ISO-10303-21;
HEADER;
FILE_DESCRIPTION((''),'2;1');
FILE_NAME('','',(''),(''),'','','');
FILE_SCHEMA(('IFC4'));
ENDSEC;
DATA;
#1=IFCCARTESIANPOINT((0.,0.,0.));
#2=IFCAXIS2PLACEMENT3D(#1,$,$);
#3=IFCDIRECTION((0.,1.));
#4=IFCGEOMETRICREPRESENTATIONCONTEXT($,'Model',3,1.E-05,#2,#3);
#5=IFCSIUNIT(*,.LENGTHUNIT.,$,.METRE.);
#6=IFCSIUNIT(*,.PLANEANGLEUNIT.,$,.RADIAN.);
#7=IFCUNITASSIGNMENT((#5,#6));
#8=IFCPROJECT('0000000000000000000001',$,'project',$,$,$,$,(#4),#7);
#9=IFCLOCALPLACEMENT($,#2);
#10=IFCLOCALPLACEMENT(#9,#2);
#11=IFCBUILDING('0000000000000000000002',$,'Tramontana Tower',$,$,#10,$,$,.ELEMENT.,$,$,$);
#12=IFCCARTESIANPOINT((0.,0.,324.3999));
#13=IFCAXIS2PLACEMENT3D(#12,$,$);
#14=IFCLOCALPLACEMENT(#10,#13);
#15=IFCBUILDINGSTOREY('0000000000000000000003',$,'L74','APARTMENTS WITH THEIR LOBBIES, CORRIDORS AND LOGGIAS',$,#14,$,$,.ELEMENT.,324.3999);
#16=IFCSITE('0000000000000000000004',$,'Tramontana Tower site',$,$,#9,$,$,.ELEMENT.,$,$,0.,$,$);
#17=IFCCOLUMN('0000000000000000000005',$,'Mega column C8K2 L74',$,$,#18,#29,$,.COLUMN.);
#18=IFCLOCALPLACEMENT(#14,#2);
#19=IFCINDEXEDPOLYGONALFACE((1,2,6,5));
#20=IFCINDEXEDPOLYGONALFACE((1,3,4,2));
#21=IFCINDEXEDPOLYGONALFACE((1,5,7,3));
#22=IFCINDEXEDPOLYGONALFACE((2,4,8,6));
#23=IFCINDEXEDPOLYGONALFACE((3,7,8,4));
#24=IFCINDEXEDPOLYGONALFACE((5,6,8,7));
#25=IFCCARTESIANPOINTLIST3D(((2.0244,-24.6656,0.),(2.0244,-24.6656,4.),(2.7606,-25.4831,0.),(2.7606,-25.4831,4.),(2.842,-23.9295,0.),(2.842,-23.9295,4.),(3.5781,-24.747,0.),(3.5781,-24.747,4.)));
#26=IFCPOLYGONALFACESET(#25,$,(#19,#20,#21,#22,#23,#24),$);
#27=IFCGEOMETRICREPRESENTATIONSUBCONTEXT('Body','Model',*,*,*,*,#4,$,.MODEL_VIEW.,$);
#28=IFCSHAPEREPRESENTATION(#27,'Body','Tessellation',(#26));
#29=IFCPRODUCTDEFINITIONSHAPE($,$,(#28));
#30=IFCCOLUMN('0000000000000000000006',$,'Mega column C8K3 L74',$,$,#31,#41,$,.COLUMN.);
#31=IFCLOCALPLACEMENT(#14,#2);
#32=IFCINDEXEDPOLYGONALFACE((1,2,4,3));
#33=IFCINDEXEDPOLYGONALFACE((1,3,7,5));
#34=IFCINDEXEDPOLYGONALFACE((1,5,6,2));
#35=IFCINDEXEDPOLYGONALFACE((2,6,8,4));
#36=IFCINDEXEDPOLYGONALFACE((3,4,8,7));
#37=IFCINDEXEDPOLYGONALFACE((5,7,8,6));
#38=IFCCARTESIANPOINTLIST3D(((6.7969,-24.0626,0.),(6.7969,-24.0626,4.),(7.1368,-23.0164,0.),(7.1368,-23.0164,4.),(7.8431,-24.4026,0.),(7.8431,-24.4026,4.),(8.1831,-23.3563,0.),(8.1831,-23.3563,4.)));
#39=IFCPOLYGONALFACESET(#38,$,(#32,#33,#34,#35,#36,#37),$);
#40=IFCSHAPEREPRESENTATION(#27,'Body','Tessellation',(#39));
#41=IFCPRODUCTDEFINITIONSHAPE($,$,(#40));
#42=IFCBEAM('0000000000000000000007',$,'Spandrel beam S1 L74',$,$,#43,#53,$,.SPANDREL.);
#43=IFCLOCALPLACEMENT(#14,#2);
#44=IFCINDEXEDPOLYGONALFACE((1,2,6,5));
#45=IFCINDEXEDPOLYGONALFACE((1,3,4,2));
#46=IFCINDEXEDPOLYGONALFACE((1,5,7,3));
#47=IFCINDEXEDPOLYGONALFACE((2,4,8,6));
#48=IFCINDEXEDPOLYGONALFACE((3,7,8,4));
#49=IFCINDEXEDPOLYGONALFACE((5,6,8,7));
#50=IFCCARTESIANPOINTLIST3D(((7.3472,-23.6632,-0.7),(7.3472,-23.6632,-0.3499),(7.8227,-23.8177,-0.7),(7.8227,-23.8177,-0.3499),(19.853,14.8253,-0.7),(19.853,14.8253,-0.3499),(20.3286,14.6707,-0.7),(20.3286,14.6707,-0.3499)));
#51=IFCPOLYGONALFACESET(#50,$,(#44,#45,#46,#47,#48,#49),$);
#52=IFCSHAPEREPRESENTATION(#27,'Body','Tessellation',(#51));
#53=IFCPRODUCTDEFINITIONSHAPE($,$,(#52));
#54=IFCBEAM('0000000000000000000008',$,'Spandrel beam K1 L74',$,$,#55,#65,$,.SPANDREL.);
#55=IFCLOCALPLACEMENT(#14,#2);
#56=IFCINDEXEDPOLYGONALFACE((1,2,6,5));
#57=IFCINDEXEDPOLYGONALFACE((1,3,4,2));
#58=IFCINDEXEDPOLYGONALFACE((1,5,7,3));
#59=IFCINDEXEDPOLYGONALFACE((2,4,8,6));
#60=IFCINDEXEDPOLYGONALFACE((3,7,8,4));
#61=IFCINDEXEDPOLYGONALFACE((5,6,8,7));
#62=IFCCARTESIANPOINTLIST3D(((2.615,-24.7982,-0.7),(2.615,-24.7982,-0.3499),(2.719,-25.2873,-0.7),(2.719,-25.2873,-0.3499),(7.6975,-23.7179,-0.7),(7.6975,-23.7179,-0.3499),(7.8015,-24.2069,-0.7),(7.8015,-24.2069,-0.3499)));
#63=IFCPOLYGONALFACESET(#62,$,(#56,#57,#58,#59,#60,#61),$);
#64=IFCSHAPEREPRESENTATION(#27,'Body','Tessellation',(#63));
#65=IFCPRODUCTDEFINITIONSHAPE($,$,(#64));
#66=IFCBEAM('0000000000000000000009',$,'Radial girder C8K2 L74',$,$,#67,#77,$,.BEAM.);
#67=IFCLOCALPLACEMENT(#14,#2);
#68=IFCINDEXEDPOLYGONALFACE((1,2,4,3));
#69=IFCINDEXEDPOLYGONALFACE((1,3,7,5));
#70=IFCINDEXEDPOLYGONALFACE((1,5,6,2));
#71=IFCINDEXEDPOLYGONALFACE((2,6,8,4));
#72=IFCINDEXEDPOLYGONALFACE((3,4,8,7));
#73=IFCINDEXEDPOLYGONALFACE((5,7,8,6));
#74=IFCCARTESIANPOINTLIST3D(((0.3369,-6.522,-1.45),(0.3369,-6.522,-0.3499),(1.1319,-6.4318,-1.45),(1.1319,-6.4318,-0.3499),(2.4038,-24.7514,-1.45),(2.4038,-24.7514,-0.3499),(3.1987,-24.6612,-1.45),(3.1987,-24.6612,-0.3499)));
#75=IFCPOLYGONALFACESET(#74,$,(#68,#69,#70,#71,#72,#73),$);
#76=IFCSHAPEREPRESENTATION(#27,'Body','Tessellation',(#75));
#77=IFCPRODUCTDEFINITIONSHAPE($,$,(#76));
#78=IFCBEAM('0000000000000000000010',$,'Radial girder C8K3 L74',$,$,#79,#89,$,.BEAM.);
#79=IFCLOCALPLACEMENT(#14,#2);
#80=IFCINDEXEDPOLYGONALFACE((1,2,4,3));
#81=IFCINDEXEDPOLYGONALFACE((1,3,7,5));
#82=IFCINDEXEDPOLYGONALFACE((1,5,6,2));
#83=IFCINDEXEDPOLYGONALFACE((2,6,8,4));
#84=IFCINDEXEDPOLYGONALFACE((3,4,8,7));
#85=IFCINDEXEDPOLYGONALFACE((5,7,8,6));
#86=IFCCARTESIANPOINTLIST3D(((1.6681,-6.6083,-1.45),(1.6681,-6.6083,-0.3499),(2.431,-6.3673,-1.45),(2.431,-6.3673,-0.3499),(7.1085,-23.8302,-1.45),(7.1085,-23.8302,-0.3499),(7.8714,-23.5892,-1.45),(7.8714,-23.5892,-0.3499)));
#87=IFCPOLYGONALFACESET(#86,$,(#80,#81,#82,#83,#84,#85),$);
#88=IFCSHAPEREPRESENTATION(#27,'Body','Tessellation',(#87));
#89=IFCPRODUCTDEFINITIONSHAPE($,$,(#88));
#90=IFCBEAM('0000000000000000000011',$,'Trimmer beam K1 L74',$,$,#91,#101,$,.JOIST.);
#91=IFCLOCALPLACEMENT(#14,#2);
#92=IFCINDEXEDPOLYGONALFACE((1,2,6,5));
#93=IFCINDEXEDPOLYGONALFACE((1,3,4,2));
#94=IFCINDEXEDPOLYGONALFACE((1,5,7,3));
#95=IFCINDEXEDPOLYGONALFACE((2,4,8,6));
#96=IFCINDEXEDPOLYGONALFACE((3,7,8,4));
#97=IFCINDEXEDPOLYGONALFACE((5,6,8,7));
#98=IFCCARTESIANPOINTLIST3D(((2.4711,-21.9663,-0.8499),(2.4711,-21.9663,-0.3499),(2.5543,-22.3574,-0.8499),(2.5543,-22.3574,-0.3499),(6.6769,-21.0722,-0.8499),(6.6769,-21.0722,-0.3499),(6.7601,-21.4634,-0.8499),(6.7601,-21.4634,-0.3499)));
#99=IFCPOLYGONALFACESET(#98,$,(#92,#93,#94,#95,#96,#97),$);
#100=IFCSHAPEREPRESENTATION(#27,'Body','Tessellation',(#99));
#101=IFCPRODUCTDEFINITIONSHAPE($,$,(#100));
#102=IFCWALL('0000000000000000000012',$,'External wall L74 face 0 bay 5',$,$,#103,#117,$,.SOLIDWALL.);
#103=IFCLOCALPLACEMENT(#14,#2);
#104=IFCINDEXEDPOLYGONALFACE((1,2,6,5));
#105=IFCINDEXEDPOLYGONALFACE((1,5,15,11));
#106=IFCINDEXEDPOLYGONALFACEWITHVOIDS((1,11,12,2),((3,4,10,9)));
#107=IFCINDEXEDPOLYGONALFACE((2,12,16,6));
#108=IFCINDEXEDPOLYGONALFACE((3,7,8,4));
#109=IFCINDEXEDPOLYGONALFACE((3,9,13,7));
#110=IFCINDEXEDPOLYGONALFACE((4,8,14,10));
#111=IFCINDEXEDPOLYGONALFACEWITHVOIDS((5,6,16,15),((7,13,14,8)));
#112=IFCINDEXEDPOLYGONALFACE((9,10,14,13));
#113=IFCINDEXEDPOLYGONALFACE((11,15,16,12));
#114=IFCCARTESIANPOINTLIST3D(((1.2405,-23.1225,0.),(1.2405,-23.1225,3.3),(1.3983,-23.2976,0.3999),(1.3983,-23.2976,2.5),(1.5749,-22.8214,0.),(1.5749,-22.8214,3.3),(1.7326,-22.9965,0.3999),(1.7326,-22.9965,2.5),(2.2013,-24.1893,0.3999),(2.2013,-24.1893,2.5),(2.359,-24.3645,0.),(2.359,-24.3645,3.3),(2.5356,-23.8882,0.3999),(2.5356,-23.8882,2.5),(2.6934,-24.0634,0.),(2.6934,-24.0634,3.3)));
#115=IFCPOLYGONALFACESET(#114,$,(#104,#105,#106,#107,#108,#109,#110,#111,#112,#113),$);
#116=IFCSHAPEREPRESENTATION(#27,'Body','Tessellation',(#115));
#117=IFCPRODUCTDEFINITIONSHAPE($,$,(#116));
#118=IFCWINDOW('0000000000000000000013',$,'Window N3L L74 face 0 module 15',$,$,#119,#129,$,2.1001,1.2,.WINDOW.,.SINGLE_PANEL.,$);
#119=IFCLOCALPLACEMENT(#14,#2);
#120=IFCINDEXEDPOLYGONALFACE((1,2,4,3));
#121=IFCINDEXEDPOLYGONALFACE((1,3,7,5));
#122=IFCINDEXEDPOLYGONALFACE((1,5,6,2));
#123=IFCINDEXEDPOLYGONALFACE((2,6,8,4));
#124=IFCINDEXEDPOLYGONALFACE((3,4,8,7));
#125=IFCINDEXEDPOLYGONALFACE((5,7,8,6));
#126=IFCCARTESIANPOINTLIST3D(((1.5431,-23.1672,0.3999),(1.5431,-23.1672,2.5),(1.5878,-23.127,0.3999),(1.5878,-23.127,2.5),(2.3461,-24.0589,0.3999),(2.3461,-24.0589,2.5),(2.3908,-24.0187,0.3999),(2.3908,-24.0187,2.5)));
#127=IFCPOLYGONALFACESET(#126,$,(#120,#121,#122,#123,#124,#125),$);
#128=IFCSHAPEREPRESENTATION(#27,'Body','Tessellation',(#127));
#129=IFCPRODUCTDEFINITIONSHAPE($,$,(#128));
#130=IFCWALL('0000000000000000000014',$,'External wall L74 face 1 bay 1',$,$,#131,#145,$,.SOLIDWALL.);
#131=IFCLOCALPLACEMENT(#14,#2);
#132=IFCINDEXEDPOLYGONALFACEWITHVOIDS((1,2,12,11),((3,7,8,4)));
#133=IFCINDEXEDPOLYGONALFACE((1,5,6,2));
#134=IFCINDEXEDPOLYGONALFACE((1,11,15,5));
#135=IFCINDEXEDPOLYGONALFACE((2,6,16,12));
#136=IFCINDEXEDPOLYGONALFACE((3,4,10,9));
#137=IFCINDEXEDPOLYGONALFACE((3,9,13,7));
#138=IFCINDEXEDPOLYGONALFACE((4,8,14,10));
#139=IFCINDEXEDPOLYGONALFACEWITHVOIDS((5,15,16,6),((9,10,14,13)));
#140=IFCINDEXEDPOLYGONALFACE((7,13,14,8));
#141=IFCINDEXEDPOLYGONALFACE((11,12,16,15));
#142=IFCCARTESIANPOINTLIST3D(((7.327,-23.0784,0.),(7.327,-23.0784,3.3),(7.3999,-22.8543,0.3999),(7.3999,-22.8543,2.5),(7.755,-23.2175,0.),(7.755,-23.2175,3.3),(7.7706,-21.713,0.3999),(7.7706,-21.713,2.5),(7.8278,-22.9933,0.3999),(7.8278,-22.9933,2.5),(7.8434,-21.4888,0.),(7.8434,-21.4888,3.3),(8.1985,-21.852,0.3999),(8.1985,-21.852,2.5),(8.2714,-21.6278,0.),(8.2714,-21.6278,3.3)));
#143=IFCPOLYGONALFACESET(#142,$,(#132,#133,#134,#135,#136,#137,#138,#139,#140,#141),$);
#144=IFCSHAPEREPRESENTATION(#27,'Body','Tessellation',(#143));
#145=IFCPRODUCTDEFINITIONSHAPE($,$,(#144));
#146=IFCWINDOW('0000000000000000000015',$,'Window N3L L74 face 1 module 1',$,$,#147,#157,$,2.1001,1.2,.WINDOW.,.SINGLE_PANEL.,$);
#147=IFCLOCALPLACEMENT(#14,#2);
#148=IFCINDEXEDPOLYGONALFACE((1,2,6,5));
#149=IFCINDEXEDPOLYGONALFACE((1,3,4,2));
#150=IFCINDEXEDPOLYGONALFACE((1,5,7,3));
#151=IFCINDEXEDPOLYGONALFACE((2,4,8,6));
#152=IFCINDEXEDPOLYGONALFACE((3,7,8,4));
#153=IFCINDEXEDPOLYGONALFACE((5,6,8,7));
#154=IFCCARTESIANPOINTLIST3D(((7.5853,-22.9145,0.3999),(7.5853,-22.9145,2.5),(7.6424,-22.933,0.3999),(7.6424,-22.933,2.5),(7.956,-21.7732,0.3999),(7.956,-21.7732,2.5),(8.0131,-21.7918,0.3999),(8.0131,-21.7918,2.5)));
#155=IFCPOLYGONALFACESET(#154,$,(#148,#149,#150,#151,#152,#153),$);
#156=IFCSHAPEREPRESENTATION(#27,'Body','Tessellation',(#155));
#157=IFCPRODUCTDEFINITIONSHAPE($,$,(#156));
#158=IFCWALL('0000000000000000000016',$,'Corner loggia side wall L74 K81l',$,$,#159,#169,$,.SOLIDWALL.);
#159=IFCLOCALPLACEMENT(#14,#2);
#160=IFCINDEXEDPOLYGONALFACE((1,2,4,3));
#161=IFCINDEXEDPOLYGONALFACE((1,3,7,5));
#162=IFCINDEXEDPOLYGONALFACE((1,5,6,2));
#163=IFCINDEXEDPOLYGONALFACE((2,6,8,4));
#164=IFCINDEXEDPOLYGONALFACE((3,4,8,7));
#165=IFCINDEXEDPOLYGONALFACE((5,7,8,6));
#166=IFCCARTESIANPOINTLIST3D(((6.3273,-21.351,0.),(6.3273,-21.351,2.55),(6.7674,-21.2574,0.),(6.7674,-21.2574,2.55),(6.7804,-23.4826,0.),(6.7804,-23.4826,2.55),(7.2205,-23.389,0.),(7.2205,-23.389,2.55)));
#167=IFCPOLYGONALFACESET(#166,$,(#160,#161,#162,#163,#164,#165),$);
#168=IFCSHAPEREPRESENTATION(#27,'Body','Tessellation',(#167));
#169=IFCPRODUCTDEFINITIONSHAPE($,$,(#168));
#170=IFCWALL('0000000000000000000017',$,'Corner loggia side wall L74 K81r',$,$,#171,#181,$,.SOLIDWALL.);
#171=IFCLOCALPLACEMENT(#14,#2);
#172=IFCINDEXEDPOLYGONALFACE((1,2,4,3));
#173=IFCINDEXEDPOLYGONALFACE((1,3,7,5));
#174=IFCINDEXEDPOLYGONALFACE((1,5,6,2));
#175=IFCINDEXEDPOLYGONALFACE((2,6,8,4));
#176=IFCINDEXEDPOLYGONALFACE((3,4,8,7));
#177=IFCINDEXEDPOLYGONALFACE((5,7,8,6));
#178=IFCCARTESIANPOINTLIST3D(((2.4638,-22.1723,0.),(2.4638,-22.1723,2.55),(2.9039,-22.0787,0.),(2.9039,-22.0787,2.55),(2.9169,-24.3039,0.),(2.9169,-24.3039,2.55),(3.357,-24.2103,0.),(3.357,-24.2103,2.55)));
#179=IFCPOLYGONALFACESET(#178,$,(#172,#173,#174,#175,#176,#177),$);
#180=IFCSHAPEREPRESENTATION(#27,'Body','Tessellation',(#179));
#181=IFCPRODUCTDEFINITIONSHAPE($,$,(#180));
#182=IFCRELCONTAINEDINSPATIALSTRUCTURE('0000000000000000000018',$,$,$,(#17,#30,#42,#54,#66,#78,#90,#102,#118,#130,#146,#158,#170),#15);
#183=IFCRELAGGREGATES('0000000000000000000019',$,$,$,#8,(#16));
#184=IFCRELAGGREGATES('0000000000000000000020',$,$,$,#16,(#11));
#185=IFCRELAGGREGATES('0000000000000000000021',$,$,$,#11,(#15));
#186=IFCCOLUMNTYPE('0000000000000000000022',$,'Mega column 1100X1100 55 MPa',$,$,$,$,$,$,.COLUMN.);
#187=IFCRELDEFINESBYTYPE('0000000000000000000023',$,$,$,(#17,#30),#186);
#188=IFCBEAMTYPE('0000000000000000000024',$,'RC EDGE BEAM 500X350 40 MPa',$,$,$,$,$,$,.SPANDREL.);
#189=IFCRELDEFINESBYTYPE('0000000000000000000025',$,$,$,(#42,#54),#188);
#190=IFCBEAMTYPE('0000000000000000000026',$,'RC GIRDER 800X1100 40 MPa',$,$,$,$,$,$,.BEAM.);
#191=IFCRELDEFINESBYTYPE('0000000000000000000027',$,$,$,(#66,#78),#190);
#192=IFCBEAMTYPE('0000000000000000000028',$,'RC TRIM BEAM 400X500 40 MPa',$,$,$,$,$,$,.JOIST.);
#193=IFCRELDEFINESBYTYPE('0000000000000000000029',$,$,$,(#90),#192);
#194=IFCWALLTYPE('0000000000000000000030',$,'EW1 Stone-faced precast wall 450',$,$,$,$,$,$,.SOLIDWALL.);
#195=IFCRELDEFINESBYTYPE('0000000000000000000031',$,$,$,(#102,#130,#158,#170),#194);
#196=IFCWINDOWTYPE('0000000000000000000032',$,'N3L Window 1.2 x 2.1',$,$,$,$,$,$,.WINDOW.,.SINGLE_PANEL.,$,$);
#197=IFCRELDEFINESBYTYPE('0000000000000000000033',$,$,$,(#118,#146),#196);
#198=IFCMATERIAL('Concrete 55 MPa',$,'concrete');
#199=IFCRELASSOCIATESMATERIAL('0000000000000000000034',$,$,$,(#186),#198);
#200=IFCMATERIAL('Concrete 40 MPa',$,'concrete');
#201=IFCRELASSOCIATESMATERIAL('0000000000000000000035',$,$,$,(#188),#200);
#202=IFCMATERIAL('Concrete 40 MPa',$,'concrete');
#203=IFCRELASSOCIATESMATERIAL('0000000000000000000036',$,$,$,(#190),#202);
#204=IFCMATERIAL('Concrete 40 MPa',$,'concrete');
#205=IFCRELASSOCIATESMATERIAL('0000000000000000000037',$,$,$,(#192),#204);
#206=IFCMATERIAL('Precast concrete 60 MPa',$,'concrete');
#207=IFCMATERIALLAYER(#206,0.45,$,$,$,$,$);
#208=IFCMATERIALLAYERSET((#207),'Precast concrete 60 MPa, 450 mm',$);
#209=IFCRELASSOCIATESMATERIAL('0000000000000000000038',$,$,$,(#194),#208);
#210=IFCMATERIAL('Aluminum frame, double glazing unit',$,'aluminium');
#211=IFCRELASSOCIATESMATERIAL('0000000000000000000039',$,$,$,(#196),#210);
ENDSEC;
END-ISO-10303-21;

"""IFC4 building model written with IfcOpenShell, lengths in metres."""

from ifc_helpers import new_model, si_unit, direction, frame, frame_2d, origin, origin_2d, place, context, subcontext, project, spatial, rectangle, extrude, material, layer, layer_set, material_profile, profile_set, type_object, element, fill, save


model = new_model("IFC4")

# Units and contexts
model_context = context("Model", 3, precision=1e-05, world=origin(), true_north=direction((0.0, 1.0)))
body_context = subcontext(model_context, "Body", "Model", "MODEL_VIEW")
ifc_project = project(units=[si_unit("LENGTHUNIT", "METRE"), si_unit("PLANEANGLEUNIT", "RADIAN")], contexts=[model_context])

# Site, building, storey
site_placement = place(None, origin())
site = spatial("IfcSite", under=ifc_project, at=site_placement, Name="Tramontana Tower site", CompositionType="ELEMENT", RefElevation=0.0)
building_placement = place(site_placement, origin())
building = spatial("IfcBuilding", under=site, at=building_placement, Name="Tramontana Tower", CompositionType="ELEMENT")
storey_placement = place(building_placement, frame((0.0, 0.0, 324.3999)))
storey = spatial("IfcBuildingStorey", under=building, at=storey_placement, Name="L74", Description="APARTMENTS WITH THEIR LOBBIES, CORRIDORS AND LOGGIAS", CompositionType="ELEMENT", Elevation=324.3999)

# Columns
ifc_material_1 = material(Name="Concrete 55 MPa", Category="concrete")
ifc_material_profile_1 = material_profile(ifc_material_1, rectangle(XDim=1.1001, YDim=1.1001, at=origin_2d()), Name="Mega column 1100X1100 55 MPa")
ifc_profile_set_1 = profile_set([ifc_material_profile_1], Name="Concrete 55 MPa")
column_type = type_object("IfcColumnType", Name="Mega column 1100X1100 55 MPa", PredefinedType="COLUMN", material=ifc_profile_set_1)
for number, where, z_axis, x_axis, name in (
    (1, (2.8013, -24.7063, 0.0), (0.0, 0.0, 1.0), (0.669131, -0.743145, 0.0), "Mega column C8K2 L74"),
    (2, (7.49, -23.7095, 0.0), (0.0, 0.0, 1.0), (0.309017, 0.951057, 0.0), "Mega column C8K3 L74"),
):
    element("IfcColumn", number, at=place(storey_placement, frame(where, z_axis=z_axis, x_axis=x_axis)), inside=storey, type_object=column_type, Name=name, PredefinedType="COLUMN", context=body_context, shape_type="SweptSolid", body=[
        extrude(rectangle(XDim=1.1001, YDim=1.1001, at=origin_2d()), origin(), (0.0, 0.0, 1.0), 4.0),
    ])

# Beams
ifc_material_2 = material(Name="Concrete 40 MPa", Category="concrete")
ifc_material_profile_2 = material_profile(ifc_material_2, rectangle(XDim=0.5, YDim=0.3501, at=origin_2d()), Name="RC EDGE BEAM 500X350 40 MPa")
ifc_profile_set_2 = profile_set([ifc_material_profile_2], Name="Concrete 40 MPa")
beam_type_1 = type_object("IfcBeamType", Name="RC EDGE BEAM 500X350 40 MPa", PredefinedType="SPANDREL", material=ifc_profile_set_2)
beam_1_placement = place(storey_placement, frame((7.585, -23.7405, -0.5249), z_axis=(0.309021, 0.951055, 0.0), x_axis=(-0.951055, 0.309021, 0.0)))
element("IfcBeam", 3, at=beam_1_placement, inside=storey, type_object=beam_type_1, Name="Spandrel beam S1 L74", PredefinedType="SPANDREL", context=body_context, shape_type="SweptSolid", body=[
    extrude(rectangle(XDim=0.5, YDim=0.3501, at=origin_2d()), origin(), (0.0, 0.0, 1.0), 40.4692),
])
beam_2_placement = place(storey_placement, frame((2.667, -25.0427, -0.5249), z_axis=(0.978148, 0.207912, 0.0), x_axis=(-0.207912, 0.978148, 0.0)))
element("IfcBeam", 4, at=beam_2_placement, inside=storey, type_object=beam_type_1, Name="Spandrel beam K1 L74", PredefinedType="SPANDREL", context=body_context, shape_type="SweptSolid", body=[
    extrude(rectangle(XDim=0.5, YDim=0.3501, at=origin_2d()), origin(), (0.0, 0.0, 1.0), 5.196),
])
ifc_material_3 = material(Name="Concrete 40 MPa", Category="concrete")
ifc_material_profile_3 = material_profile(ifc_material_3, rectangle(XDim=0.8, YDim=1.1001, at=origin_2d()), Name="RC GIRDER 800X1100 40 MPa")
ifc_profile_set_3 = profile_set([ifc_material_profile_3], Name="Concrete 40 MPa")
beam_type_2 = type_object("IfcBeamType", Name="RC GIRDER 800X1100 40 MPa", PredefinedType="BEAM", material=ifc_profile_set_3)
beam_3_placement = place(storey_placement, frame((2.8013, -24.7063, -0.8999), z_axis=(-0.11266, 0.993634, 0.0), x_axis=(-0.993634, -0.11266, 0.0)))
element("IfcBeam", 5, at=beam_3_placement, inside=storey, type_object=beam_type_2, Name="Radial girder C8K2 L74", PredefinedType="BEAM", context=body_context, shape_type="SweptSolid", body=[
    extrude(rectangle(XDim=0.8, YDim=1.1001, at=origin_2d()), origin(), (0.0, 0.0, 1.0), 18.3462),
])
beam_4_placement = place(storey_placement, frame((7.49, -23.7097, -0.8999), z_axis=(-0.301228, 0.953552, 0.0), x_axis=(-0.953552, -0.301228, 0.0)))
element("IfcBeam", 6, at=beam_4_placement, inside=storey, type_object=beam_type_2, Name="Radial girder C8K3 L74", PredefinedType="BEAM", context=body_context, shape_type="SweptSolid", body=[
    extrude(rectangle(XDim=0.8, YDim=1.1001, at=origin_2d()), origin(), (0.0, 0.0, 1.0), 18.0608),
])
ifc_material_4 = material(Name="Concrete 40 MPa", Category="concrete")
ifc_material_profile_4 = material_profile(ifc_material_4, rectangle(XDim=0.3999, YDim=0.5, at=origin_2d()), Name="RC TRIM BEAM 400X500 40 MPa")
ifc_profile_set_4 = profile_set([ifc_material_profile_4], Name="Concrete 40 MPa")
beam_type_3 = type_object("IfcBeamType", Name="RC TRIM BEAM 400X500 40 MPa", PredefinedType="JOIST", material=ifc_profile_set_4)
beam_5_placement = place(storey_placement, frame((2.5127, -22.1619, -0.5999), z_axis=(0.978144, 0.207927, 0.0), x_axis=(-0.207927, 0.978144, 0.0)))
element("IfcBeam", 7, at=beam_5_placement, inside=storey, type_object=beam_type_3, Name="Trimmer beam K1 L74", PredefinedType="JOIST", context=body_context, shape_type="SweptSolid", body=[
    extrude(rectangle(XDim=0.3999, YDim=0.5, at=origin_2d()), origin(), (0.0, 0.0, 1.0), 4.2998),
])

# Walls, openings, windows
ifc_material_5 = material(Name="Precast concrete 60 MPa", Category="concrete")
ifc_layer_1 = layer(ifc_material_5, 0.45)
ifc_layer_set_1 = layer_set([ifc_layer_1], Name="Precast concrete 60 MPa, 450 mm")
wall_type_1 = type_object("IfcWallType", Name="EW1 Stone-faced precast wall 450", PredefinedType="SOLIDWALL", material=ifc_layer_set_1)
wall_1_placement = place(storey_placement, frame((1.4077, -22.9719, 0.0), z_axis=(0.0, 0.0, 1.0), x_axis=(0.669183, -0.743098, 0.0)))
wall_1 = element("IfcWall", 8, at=wall_1_placement, inside=storey, type_object=wall_type_1, Name="External wall L74 face 0 bay 5", PredefinedType="SOLIDWALL", context=body_context, shape_type="SweptSolid", body=[
    extrude(rectangle(XDim=1.6714, YDim=0.45, at=frame_2d((0.8357, 0.0))), origin(), (0.0, 0.0, 1.0), 3.3),
])
opening_1_placement = place(wall_1_placement, frame((0.2356, 0.0, 0.3999)))
opening_1 = element("IfcOpeningElement", 9, at=opening_1_placement, cuts=wall_1, PredefinedType="OPENING", context=body_context, shape_type="SweptSolid", body=[
    extrude(rectangle(XDim=1.2, YDim=2.1001, at=frame_2d((0.6001, 1.05))), frame((0.0, 0.2349, 0.0), z_axis=(0.0, -1.0, 0.0), x_axis=(1.0, 0.0, 0.0)), (0.0, 0.0, 1.0), 0.47),
])
ifc_material_6 = material(Name="Aluminum frame, double glazing unit", Category="aluminium")
window_type = type_object("IfcWindowType", Name="N3L Window 1.2 x 2.1", PartitioningType="SINGLE_PANEL", PredefinedType="WINDOW", material=ifc_material_6)
window_1_placement = place(opening_1_placement, origin())
window_1 = element("IfcWindow", 10, at=window_1_placement, inside=storey, type_object=window_type, Name="Window N3L L74 face 0 module 15", OverallHeight=2.1001, OverallWidth=1.2, PartitioningType="SINGLE_PANEL", PredefinedType="WINDOW", context=body_context, shape_type="SweptSolid", body=[
    extrude(rectangle(XDim=1.2, YDim=2.1001, at=frame_2d((0.6001, 1.05))), frame((0.0, 0.03, 0.0), z_axis=(0.0, -1.0, 0.0), x_axis=(1.0, 0.0, 0.0)), (0.0, 0.0, 1.0), 0.0601),
])
fill(opening_1, window_1)
wall_2_placement = place(storey_placement, frame((7.541, -23.1479, 0.0), z_axis=(0.0, 0.0, 1.0), x_axis=(0.308944, 0.95108, 0.0)))
wall_2 = element("IfcWall", 11, at=wall_2_placement, inside=storey, type_object=wall_type_1, Name="External wall L74 face 1 bay 1", PredefinedType="SOLIDWALL", context=body_context, shape_type="SweptSolid", body=[
    extrude(rectangle(XDim=1.6714, YDim=0.45, at=frame_2d((0.8357, 0.0))), origin(), (0.0, 0.0, 1.0), 3.3),
])
opening_2_placement = place(wall_2_placement, frame((0.2356, 0.0, 0.3999)))
opening_2 = element("IfcOpeningElement", 12, at=opening_2_placement, cuts=wall_2, PredefinedType="OPENING", context=body_context, shape_type="SweptSolid", body=[
    extrude(rectangle(XDim=1.2, YDim=2.1001, at=frame_2d((0.6001, 1.05))), frame((0.0, 0.2349, 0.0), z_axis=(0.0, -1.0, 0.0), x_axis=(1.0, 0.0, 0.0)), (0.0, 0.0, 1.0), 0.47),
])
window_2_placement = place(opening_2_placement, origin())
window_2 = element("IfcWindow", 13, at=window_2_placement, inside=storey, type_object=window_type, Name="Window N3L L74 face 1 module 1", OverallHeight=2.1001, OverallWidth=1.2, PartitioningType="SINGLE_PANEL", PredefinedType="WINDOW", context=body_context, shape_type="SweptSolid", body=[
    extrude(rectangle(XDim=1.2, YDim=2.1001, at=frame_2d((0.6001, 1.05))), frame((0.0, 0.03, 0.0), z_axis=(0.0, -1.0, 0.0), x_axis=(1.0, 0.0, 0.0)), (0.0, 0.0, 1.0), 0.0601),
])
fill(opening_2, window_2)

# Walls
for number, where, z_axis, x_axis, name in (
    (14, (7.0005, -23.4358, 0.0), (0.0, 0.0, 1.0), (-0.20793, 0.978144, 0.0), "Corner loggia side wall L74 K81l"),
    (15, (3.137, -24.2571, 0.0), (0.0, 0.0, 1.0), (-0.20793, 0.978144, 0.0), "Corner loggia side wall L74 K81r"),
):
    element("IfcWall", number, at=place(storey_placement, frame(where, z_axis=z_axis, x_axis=x_axis)), inside=storey, type_object=wall_type_1, Name=name, PredefinedType="SOLIDWALL", context=body_context, shape_type="SweptSolid", body=[
        extrude(rectangle(XDim=2.1792, YDim=0.45, at=frame_2d((1.0896, 0.0))), origin(), (0.0, 0.0, 1.0), 2.55),
    ])

save(model, "model.ifc")
